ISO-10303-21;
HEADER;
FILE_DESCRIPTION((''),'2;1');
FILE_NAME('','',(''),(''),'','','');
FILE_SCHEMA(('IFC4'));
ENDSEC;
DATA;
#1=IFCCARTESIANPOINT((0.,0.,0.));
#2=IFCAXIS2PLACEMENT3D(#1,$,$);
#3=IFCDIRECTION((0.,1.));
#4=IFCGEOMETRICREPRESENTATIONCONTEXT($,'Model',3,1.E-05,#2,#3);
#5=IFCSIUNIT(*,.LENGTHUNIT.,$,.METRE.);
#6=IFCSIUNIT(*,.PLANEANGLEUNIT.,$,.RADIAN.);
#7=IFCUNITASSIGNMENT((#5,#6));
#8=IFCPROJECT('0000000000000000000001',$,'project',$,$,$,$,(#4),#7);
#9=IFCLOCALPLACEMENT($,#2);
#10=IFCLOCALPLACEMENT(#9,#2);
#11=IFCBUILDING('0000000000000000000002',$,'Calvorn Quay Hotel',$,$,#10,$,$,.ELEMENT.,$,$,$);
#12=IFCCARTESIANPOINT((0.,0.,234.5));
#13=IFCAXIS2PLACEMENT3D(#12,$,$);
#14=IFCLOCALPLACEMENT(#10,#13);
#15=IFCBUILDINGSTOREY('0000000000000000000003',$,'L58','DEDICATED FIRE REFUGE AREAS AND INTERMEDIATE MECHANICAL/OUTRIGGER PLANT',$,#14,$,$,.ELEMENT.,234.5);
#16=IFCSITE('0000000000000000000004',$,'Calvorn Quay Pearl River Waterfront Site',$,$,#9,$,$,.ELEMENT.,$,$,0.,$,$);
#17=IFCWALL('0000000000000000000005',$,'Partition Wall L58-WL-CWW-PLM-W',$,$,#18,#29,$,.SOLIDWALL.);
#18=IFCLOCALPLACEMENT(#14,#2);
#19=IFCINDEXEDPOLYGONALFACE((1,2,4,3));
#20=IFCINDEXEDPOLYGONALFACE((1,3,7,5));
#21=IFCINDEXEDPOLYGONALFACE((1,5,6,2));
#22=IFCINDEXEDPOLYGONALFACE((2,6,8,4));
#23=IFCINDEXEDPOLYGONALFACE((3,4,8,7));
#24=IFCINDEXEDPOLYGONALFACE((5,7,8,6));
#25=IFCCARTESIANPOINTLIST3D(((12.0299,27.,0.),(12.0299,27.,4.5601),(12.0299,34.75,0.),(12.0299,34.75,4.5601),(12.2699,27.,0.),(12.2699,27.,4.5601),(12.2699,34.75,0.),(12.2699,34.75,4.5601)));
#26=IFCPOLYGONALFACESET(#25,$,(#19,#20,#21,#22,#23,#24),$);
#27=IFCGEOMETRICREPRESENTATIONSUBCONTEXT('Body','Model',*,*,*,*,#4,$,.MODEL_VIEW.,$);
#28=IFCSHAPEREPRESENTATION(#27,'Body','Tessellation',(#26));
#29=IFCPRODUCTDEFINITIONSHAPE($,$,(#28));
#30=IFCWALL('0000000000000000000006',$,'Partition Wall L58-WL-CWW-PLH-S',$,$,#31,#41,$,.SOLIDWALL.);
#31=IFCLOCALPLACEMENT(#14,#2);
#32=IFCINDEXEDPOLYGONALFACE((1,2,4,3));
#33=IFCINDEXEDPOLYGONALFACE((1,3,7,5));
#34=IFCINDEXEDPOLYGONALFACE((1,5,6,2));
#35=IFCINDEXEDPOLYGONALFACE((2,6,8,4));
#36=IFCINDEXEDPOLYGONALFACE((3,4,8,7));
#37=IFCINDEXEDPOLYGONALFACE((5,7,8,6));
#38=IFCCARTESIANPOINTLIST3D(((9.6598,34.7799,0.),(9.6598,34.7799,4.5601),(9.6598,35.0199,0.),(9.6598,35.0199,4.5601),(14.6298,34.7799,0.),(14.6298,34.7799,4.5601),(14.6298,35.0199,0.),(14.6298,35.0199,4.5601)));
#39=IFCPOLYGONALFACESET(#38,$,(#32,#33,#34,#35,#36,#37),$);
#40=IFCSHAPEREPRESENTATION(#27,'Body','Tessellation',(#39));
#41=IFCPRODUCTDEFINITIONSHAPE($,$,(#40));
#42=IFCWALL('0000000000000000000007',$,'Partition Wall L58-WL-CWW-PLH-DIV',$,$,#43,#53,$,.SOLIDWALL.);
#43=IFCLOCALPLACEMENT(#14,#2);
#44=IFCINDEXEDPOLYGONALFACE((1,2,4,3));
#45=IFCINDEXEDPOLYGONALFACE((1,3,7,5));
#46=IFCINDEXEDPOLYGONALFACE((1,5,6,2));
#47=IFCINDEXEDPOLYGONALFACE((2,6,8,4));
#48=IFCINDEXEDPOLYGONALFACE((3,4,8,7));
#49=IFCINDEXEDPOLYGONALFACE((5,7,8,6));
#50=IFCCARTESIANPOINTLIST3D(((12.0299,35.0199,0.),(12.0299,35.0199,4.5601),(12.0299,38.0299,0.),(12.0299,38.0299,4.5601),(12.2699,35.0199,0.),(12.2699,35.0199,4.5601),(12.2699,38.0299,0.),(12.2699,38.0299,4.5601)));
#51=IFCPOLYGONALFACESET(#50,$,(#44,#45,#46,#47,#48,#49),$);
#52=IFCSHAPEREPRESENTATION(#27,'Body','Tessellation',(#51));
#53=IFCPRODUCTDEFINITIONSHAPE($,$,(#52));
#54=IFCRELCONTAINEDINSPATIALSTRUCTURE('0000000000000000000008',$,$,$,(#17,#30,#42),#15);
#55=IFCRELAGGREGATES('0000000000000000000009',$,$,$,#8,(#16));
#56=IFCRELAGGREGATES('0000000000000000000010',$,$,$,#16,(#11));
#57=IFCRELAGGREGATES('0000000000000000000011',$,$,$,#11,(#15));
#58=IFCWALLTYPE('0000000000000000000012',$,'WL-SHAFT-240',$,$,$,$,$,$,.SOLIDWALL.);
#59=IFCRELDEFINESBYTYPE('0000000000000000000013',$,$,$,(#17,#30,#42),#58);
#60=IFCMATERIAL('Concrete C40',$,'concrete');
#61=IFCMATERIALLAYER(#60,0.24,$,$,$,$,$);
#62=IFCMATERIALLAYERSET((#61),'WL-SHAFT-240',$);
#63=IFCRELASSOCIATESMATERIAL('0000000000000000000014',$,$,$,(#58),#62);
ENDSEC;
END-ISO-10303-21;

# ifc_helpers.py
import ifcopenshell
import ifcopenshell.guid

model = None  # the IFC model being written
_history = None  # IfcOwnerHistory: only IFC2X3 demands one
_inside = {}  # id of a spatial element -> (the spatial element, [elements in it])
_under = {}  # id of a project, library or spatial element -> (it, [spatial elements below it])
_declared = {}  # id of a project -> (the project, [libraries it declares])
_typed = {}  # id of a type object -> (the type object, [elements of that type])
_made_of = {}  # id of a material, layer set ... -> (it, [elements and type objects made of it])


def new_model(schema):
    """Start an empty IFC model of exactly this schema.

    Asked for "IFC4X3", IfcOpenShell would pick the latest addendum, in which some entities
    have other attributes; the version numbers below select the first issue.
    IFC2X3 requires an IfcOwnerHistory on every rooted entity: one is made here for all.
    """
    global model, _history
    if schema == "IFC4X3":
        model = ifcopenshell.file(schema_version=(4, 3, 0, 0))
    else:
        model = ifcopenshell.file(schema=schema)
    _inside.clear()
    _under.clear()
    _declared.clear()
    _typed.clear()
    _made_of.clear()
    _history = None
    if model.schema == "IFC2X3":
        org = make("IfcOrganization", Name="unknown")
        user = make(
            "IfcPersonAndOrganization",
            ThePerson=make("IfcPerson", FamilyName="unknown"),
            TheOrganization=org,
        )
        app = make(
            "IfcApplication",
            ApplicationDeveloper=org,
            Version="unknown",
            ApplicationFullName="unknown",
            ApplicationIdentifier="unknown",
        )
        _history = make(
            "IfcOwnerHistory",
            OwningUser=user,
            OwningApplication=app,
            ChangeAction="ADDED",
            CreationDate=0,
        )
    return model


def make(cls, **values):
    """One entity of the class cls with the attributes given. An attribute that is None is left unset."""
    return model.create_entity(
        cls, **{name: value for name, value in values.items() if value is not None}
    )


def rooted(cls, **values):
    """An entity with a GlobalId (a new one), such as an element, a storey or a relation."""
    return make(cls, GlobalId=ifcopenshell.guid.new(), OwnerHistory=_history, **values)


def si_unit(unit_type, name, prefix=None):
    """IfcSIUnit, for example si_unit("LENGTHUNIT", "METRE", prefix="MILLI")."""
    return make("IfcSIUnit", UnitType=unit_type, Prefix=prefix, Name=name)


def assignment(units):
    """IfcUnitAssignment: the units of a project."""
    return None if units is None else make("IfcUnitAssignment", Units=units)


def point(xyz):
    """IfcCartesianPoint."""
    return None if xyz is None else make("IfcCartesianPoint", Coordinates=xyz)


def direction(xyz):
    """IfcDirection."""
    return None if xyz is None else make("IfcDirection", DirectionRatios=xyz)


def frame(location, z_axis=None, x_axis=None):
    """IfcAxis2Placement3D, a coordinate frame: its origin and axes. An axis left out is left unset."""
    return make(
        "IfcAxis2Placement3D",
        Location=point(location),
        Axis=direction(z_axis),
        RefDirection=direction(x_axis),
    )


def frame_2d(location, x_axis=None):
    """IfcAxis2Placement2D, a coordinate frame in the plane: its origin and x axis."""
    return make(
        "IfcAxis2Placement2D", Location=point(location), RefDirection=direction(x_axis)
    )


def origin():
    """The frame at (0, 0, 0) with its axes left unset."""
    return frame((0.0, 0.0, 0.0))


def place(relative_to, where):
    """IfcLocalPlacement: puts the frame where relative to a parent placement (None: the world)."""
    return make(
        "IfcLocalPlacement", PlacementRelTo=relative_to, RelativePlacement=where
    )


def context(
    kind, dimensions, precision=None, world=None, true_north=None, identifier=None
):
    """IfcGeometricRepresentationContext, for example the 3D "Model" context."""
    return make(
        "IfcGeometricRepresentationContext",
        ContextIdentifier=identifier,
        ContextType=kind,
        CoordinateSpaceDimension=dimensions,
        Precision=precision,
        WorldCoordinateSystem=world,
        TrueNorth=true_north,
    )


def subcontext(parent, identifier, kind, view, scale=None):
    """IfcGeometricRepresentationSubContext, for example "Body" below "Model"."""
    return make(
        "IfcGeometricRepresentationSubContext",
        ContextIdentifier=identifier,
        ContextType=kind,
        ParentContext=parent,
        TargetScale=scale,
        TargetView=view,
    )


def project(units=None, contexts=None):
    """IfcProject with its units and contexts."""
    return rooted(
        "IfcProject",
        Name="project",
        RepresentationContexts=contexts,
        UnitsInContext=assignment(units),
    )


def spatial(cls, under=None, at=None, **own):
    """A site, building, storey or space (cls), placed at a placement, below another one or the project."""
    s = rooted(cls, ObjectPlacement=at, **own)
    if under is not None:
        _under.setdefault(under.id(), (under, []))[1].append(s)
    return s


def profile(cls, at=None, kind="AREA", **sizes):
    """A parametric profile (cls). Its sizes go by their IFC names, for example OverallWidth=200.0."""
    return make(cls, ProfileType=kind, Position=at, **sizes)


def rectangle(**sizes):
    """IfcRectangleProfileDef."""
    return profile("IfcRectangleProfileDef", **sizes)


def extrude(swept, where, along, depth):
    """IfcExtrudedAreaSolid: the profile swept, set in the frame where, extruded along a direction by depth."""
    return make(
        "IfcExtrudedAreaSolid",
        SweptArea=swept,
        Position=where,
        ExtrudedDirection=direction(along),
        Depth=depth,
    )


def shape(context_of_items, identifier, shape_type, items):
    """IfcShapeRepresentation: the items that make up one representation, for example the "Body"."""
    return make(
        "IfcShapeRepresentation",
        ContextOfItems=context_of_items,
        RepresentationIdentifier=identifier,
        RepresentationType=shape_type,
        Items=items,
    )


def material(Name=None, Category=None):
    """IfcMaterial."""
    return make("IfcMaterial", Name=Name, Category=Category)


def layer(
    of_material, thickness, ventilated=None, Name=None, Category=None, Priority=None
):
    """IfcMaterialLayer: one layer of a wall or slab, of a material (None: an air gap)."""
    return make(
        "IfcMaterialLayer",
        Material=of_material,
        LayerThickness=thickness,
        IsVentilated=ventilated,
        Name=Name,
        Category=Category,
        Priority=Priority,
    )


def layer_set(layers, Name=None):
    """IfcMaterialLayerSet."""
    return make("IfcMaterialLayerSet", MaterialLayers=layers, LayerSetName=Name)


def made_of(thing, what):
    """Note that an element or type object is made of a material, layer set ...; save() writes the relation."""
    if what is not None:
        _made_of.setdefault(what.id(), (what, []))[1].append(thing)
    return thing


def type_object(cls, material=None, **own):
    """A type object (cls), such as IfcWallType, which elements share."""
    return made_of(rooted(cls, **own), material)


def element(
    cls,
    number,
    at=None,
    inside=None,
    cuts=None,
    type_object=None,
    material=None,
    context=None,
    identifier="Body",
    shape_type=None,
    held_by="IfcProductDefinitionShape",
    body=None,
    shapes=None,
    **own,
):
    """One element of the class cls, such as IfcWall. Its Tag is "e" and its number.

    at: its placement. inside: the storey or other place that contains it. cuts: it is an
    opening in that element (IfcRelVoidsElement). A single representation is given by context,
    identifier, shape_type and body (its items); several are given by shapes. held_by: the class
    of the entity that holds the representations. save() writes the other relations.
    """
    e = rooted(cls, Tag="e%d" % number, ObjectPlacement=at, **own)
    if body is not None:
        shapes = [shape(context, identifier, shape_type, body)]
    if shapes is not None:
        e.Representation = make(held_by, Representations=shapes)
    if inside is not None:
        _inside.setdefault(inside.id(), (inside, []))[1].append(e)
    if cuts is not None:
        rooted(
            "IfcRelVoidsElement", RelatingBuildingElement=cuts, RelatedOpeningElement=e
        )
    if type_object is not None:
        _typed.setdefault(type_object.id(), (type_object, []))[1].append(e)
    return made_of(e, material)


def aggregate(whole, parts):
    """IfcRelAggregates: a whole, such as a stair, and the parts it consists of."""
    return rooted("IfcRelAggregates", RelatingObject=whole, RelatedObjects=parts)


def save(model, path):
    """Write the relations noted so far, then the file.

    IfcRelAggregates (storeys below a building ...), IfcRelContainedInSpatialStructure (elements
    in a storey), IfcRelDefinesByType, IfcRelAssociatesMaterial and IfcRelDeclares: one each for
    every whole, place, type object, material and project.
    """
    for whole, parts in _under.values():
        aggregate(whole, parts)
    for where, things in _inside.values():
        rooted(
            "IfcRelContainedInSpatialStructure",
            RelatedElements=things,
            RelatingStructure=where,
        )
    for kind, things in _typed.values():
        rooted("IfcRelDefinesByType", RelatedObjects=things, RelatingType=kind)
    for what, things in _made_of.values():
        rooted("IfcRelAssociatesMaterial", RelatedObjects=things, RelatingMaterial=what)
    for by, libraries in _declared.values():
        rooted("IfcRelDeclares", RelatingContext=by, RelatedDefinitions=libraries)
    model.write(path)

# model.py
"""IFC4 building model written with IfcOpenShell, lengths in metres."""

from ifc_helpers import new_model, si_unit, direction, frame, frame_2d, origin, place, context, subcontext, project, spatial, rectangle, extrude, material, layer, layer_set, type_object, element, save


model = new_model("IFC4")

# Units and contexts
model_context = context("Model", 3, precision=1e-05, world=origin(), true_north=direction((0.0, 1.0)))
body_context = subcontext(model_context, "Body", "Model", "MODEL_VIEW")
ifc_project = project(units=[si_unit("LENGTHUNIT", "METRE"), si_unit("PLANEANGLEUNIT", "RADIAN")], contexts=[model_context])

# Site, building, storey
site_placement = place(None, origin())
site = spatial("IfcSite", under=ifc_project, at=site_placement, Name="Calvorn Quay Pearl River Waterfront Site", CompositionType="ELEMENT", RefElevation=0.0)
building_placement = place(site_placement, origin())
building = spatial("IfcBuilding", under=site, at=building_placement, Name="Calvorn Quay Hotel", CompositionType="ELEMENT")
storey_placement = place(building_placement, frame((0.0, 0.0, 234.5)))
storey = spatial("IfcBuildingStorey", under=building, at=storey_placement, Name="L58", Description="DEDICATED FIRE REFUGE AREAS AND INTERMEDIATE MECHANICAL/OUTRIGGER PLANT", CompositionType="ELEMENT", Elevation=234.5)

# Walls
ifc_material_1 = material(Name="Concrete C40", Category="concrete")
ifc_layer_1 = layer(ifc_material_1, 0.24)
ifc_layer_set_1 = layer_set([ifc_layer_1], Name="WL-SHAFT-240")
wall_type_1 = type_object("IfcWallType", Name="WL-SHAFT-240", PredefinedType="SOLIDWALL", material=ifc_layer_set_1)
wall_1_placement = place(storey_placement, frame((12.1499, 27.0, 0.0), z_axis=(0.0, 0.0, 1.0), x_axis=(0.0, 1.0, 0.0)))
element("IfcWall", 1, at=wall_1_placement, inside=storey, type_object=wall_type_1, Name="Partition Wall L58-WL-CWW-PLM-W", PredefinedType="SOLIDWALL", context=body_context, shape_type="SweptSolid", body=[
    extrude(rectangle(XDim=7.75, YDim=0.24, at=frame_2d((3.875, 0.0))), origin(), (0.0, 0.0, 1.0), 4.5601),
])
wall_2_placement = place(storey_placement, frame((9.6599, 34.8999, 0.0), z_axis=(0.0, 0.0, 1.0), x_axis=(1.0, 0.0, 0.0)))
element("IfcWall", 2, at=wall_2_placement, inside=storey, type_object=wall_type_1, Name="Partition Wall L58-WL-CWW-PLH-S", PredefinedType="SOLIDWALL", context=body_context, shape_type="SweptSolid", body=[
    extrude(rectangle(XDim=4.97, YDim=0.24, at=frame_2d((2.4849, 0.0))), origin(), (0.0, 0.0, 1.0), 4.5601),
])
wall_3_placement = place(storey_placement, frame((12.1499, 35.02, 0.0), z_axis=(0.0, 0.0, 1.0), x_axis=(0.0, 1.0, 0.0)))
element("IfcWall", 3, at=wall_3_placement, inside=storey, type_object=wall_type_1, Name="Partition Wall L58-WL-CWW-PLH-DIV", PredefinedType="SOLIDWALL", context=body_context, shape_type="SweptSolid", body=[
    extrude(rectangle(XDim=3.01, YDim=0.24, at=frame_2d((1.5049, 0.0))), origin(), (0.0, 0.0, 1.0), 4.5601),
])

save(model, "model.ifc")
